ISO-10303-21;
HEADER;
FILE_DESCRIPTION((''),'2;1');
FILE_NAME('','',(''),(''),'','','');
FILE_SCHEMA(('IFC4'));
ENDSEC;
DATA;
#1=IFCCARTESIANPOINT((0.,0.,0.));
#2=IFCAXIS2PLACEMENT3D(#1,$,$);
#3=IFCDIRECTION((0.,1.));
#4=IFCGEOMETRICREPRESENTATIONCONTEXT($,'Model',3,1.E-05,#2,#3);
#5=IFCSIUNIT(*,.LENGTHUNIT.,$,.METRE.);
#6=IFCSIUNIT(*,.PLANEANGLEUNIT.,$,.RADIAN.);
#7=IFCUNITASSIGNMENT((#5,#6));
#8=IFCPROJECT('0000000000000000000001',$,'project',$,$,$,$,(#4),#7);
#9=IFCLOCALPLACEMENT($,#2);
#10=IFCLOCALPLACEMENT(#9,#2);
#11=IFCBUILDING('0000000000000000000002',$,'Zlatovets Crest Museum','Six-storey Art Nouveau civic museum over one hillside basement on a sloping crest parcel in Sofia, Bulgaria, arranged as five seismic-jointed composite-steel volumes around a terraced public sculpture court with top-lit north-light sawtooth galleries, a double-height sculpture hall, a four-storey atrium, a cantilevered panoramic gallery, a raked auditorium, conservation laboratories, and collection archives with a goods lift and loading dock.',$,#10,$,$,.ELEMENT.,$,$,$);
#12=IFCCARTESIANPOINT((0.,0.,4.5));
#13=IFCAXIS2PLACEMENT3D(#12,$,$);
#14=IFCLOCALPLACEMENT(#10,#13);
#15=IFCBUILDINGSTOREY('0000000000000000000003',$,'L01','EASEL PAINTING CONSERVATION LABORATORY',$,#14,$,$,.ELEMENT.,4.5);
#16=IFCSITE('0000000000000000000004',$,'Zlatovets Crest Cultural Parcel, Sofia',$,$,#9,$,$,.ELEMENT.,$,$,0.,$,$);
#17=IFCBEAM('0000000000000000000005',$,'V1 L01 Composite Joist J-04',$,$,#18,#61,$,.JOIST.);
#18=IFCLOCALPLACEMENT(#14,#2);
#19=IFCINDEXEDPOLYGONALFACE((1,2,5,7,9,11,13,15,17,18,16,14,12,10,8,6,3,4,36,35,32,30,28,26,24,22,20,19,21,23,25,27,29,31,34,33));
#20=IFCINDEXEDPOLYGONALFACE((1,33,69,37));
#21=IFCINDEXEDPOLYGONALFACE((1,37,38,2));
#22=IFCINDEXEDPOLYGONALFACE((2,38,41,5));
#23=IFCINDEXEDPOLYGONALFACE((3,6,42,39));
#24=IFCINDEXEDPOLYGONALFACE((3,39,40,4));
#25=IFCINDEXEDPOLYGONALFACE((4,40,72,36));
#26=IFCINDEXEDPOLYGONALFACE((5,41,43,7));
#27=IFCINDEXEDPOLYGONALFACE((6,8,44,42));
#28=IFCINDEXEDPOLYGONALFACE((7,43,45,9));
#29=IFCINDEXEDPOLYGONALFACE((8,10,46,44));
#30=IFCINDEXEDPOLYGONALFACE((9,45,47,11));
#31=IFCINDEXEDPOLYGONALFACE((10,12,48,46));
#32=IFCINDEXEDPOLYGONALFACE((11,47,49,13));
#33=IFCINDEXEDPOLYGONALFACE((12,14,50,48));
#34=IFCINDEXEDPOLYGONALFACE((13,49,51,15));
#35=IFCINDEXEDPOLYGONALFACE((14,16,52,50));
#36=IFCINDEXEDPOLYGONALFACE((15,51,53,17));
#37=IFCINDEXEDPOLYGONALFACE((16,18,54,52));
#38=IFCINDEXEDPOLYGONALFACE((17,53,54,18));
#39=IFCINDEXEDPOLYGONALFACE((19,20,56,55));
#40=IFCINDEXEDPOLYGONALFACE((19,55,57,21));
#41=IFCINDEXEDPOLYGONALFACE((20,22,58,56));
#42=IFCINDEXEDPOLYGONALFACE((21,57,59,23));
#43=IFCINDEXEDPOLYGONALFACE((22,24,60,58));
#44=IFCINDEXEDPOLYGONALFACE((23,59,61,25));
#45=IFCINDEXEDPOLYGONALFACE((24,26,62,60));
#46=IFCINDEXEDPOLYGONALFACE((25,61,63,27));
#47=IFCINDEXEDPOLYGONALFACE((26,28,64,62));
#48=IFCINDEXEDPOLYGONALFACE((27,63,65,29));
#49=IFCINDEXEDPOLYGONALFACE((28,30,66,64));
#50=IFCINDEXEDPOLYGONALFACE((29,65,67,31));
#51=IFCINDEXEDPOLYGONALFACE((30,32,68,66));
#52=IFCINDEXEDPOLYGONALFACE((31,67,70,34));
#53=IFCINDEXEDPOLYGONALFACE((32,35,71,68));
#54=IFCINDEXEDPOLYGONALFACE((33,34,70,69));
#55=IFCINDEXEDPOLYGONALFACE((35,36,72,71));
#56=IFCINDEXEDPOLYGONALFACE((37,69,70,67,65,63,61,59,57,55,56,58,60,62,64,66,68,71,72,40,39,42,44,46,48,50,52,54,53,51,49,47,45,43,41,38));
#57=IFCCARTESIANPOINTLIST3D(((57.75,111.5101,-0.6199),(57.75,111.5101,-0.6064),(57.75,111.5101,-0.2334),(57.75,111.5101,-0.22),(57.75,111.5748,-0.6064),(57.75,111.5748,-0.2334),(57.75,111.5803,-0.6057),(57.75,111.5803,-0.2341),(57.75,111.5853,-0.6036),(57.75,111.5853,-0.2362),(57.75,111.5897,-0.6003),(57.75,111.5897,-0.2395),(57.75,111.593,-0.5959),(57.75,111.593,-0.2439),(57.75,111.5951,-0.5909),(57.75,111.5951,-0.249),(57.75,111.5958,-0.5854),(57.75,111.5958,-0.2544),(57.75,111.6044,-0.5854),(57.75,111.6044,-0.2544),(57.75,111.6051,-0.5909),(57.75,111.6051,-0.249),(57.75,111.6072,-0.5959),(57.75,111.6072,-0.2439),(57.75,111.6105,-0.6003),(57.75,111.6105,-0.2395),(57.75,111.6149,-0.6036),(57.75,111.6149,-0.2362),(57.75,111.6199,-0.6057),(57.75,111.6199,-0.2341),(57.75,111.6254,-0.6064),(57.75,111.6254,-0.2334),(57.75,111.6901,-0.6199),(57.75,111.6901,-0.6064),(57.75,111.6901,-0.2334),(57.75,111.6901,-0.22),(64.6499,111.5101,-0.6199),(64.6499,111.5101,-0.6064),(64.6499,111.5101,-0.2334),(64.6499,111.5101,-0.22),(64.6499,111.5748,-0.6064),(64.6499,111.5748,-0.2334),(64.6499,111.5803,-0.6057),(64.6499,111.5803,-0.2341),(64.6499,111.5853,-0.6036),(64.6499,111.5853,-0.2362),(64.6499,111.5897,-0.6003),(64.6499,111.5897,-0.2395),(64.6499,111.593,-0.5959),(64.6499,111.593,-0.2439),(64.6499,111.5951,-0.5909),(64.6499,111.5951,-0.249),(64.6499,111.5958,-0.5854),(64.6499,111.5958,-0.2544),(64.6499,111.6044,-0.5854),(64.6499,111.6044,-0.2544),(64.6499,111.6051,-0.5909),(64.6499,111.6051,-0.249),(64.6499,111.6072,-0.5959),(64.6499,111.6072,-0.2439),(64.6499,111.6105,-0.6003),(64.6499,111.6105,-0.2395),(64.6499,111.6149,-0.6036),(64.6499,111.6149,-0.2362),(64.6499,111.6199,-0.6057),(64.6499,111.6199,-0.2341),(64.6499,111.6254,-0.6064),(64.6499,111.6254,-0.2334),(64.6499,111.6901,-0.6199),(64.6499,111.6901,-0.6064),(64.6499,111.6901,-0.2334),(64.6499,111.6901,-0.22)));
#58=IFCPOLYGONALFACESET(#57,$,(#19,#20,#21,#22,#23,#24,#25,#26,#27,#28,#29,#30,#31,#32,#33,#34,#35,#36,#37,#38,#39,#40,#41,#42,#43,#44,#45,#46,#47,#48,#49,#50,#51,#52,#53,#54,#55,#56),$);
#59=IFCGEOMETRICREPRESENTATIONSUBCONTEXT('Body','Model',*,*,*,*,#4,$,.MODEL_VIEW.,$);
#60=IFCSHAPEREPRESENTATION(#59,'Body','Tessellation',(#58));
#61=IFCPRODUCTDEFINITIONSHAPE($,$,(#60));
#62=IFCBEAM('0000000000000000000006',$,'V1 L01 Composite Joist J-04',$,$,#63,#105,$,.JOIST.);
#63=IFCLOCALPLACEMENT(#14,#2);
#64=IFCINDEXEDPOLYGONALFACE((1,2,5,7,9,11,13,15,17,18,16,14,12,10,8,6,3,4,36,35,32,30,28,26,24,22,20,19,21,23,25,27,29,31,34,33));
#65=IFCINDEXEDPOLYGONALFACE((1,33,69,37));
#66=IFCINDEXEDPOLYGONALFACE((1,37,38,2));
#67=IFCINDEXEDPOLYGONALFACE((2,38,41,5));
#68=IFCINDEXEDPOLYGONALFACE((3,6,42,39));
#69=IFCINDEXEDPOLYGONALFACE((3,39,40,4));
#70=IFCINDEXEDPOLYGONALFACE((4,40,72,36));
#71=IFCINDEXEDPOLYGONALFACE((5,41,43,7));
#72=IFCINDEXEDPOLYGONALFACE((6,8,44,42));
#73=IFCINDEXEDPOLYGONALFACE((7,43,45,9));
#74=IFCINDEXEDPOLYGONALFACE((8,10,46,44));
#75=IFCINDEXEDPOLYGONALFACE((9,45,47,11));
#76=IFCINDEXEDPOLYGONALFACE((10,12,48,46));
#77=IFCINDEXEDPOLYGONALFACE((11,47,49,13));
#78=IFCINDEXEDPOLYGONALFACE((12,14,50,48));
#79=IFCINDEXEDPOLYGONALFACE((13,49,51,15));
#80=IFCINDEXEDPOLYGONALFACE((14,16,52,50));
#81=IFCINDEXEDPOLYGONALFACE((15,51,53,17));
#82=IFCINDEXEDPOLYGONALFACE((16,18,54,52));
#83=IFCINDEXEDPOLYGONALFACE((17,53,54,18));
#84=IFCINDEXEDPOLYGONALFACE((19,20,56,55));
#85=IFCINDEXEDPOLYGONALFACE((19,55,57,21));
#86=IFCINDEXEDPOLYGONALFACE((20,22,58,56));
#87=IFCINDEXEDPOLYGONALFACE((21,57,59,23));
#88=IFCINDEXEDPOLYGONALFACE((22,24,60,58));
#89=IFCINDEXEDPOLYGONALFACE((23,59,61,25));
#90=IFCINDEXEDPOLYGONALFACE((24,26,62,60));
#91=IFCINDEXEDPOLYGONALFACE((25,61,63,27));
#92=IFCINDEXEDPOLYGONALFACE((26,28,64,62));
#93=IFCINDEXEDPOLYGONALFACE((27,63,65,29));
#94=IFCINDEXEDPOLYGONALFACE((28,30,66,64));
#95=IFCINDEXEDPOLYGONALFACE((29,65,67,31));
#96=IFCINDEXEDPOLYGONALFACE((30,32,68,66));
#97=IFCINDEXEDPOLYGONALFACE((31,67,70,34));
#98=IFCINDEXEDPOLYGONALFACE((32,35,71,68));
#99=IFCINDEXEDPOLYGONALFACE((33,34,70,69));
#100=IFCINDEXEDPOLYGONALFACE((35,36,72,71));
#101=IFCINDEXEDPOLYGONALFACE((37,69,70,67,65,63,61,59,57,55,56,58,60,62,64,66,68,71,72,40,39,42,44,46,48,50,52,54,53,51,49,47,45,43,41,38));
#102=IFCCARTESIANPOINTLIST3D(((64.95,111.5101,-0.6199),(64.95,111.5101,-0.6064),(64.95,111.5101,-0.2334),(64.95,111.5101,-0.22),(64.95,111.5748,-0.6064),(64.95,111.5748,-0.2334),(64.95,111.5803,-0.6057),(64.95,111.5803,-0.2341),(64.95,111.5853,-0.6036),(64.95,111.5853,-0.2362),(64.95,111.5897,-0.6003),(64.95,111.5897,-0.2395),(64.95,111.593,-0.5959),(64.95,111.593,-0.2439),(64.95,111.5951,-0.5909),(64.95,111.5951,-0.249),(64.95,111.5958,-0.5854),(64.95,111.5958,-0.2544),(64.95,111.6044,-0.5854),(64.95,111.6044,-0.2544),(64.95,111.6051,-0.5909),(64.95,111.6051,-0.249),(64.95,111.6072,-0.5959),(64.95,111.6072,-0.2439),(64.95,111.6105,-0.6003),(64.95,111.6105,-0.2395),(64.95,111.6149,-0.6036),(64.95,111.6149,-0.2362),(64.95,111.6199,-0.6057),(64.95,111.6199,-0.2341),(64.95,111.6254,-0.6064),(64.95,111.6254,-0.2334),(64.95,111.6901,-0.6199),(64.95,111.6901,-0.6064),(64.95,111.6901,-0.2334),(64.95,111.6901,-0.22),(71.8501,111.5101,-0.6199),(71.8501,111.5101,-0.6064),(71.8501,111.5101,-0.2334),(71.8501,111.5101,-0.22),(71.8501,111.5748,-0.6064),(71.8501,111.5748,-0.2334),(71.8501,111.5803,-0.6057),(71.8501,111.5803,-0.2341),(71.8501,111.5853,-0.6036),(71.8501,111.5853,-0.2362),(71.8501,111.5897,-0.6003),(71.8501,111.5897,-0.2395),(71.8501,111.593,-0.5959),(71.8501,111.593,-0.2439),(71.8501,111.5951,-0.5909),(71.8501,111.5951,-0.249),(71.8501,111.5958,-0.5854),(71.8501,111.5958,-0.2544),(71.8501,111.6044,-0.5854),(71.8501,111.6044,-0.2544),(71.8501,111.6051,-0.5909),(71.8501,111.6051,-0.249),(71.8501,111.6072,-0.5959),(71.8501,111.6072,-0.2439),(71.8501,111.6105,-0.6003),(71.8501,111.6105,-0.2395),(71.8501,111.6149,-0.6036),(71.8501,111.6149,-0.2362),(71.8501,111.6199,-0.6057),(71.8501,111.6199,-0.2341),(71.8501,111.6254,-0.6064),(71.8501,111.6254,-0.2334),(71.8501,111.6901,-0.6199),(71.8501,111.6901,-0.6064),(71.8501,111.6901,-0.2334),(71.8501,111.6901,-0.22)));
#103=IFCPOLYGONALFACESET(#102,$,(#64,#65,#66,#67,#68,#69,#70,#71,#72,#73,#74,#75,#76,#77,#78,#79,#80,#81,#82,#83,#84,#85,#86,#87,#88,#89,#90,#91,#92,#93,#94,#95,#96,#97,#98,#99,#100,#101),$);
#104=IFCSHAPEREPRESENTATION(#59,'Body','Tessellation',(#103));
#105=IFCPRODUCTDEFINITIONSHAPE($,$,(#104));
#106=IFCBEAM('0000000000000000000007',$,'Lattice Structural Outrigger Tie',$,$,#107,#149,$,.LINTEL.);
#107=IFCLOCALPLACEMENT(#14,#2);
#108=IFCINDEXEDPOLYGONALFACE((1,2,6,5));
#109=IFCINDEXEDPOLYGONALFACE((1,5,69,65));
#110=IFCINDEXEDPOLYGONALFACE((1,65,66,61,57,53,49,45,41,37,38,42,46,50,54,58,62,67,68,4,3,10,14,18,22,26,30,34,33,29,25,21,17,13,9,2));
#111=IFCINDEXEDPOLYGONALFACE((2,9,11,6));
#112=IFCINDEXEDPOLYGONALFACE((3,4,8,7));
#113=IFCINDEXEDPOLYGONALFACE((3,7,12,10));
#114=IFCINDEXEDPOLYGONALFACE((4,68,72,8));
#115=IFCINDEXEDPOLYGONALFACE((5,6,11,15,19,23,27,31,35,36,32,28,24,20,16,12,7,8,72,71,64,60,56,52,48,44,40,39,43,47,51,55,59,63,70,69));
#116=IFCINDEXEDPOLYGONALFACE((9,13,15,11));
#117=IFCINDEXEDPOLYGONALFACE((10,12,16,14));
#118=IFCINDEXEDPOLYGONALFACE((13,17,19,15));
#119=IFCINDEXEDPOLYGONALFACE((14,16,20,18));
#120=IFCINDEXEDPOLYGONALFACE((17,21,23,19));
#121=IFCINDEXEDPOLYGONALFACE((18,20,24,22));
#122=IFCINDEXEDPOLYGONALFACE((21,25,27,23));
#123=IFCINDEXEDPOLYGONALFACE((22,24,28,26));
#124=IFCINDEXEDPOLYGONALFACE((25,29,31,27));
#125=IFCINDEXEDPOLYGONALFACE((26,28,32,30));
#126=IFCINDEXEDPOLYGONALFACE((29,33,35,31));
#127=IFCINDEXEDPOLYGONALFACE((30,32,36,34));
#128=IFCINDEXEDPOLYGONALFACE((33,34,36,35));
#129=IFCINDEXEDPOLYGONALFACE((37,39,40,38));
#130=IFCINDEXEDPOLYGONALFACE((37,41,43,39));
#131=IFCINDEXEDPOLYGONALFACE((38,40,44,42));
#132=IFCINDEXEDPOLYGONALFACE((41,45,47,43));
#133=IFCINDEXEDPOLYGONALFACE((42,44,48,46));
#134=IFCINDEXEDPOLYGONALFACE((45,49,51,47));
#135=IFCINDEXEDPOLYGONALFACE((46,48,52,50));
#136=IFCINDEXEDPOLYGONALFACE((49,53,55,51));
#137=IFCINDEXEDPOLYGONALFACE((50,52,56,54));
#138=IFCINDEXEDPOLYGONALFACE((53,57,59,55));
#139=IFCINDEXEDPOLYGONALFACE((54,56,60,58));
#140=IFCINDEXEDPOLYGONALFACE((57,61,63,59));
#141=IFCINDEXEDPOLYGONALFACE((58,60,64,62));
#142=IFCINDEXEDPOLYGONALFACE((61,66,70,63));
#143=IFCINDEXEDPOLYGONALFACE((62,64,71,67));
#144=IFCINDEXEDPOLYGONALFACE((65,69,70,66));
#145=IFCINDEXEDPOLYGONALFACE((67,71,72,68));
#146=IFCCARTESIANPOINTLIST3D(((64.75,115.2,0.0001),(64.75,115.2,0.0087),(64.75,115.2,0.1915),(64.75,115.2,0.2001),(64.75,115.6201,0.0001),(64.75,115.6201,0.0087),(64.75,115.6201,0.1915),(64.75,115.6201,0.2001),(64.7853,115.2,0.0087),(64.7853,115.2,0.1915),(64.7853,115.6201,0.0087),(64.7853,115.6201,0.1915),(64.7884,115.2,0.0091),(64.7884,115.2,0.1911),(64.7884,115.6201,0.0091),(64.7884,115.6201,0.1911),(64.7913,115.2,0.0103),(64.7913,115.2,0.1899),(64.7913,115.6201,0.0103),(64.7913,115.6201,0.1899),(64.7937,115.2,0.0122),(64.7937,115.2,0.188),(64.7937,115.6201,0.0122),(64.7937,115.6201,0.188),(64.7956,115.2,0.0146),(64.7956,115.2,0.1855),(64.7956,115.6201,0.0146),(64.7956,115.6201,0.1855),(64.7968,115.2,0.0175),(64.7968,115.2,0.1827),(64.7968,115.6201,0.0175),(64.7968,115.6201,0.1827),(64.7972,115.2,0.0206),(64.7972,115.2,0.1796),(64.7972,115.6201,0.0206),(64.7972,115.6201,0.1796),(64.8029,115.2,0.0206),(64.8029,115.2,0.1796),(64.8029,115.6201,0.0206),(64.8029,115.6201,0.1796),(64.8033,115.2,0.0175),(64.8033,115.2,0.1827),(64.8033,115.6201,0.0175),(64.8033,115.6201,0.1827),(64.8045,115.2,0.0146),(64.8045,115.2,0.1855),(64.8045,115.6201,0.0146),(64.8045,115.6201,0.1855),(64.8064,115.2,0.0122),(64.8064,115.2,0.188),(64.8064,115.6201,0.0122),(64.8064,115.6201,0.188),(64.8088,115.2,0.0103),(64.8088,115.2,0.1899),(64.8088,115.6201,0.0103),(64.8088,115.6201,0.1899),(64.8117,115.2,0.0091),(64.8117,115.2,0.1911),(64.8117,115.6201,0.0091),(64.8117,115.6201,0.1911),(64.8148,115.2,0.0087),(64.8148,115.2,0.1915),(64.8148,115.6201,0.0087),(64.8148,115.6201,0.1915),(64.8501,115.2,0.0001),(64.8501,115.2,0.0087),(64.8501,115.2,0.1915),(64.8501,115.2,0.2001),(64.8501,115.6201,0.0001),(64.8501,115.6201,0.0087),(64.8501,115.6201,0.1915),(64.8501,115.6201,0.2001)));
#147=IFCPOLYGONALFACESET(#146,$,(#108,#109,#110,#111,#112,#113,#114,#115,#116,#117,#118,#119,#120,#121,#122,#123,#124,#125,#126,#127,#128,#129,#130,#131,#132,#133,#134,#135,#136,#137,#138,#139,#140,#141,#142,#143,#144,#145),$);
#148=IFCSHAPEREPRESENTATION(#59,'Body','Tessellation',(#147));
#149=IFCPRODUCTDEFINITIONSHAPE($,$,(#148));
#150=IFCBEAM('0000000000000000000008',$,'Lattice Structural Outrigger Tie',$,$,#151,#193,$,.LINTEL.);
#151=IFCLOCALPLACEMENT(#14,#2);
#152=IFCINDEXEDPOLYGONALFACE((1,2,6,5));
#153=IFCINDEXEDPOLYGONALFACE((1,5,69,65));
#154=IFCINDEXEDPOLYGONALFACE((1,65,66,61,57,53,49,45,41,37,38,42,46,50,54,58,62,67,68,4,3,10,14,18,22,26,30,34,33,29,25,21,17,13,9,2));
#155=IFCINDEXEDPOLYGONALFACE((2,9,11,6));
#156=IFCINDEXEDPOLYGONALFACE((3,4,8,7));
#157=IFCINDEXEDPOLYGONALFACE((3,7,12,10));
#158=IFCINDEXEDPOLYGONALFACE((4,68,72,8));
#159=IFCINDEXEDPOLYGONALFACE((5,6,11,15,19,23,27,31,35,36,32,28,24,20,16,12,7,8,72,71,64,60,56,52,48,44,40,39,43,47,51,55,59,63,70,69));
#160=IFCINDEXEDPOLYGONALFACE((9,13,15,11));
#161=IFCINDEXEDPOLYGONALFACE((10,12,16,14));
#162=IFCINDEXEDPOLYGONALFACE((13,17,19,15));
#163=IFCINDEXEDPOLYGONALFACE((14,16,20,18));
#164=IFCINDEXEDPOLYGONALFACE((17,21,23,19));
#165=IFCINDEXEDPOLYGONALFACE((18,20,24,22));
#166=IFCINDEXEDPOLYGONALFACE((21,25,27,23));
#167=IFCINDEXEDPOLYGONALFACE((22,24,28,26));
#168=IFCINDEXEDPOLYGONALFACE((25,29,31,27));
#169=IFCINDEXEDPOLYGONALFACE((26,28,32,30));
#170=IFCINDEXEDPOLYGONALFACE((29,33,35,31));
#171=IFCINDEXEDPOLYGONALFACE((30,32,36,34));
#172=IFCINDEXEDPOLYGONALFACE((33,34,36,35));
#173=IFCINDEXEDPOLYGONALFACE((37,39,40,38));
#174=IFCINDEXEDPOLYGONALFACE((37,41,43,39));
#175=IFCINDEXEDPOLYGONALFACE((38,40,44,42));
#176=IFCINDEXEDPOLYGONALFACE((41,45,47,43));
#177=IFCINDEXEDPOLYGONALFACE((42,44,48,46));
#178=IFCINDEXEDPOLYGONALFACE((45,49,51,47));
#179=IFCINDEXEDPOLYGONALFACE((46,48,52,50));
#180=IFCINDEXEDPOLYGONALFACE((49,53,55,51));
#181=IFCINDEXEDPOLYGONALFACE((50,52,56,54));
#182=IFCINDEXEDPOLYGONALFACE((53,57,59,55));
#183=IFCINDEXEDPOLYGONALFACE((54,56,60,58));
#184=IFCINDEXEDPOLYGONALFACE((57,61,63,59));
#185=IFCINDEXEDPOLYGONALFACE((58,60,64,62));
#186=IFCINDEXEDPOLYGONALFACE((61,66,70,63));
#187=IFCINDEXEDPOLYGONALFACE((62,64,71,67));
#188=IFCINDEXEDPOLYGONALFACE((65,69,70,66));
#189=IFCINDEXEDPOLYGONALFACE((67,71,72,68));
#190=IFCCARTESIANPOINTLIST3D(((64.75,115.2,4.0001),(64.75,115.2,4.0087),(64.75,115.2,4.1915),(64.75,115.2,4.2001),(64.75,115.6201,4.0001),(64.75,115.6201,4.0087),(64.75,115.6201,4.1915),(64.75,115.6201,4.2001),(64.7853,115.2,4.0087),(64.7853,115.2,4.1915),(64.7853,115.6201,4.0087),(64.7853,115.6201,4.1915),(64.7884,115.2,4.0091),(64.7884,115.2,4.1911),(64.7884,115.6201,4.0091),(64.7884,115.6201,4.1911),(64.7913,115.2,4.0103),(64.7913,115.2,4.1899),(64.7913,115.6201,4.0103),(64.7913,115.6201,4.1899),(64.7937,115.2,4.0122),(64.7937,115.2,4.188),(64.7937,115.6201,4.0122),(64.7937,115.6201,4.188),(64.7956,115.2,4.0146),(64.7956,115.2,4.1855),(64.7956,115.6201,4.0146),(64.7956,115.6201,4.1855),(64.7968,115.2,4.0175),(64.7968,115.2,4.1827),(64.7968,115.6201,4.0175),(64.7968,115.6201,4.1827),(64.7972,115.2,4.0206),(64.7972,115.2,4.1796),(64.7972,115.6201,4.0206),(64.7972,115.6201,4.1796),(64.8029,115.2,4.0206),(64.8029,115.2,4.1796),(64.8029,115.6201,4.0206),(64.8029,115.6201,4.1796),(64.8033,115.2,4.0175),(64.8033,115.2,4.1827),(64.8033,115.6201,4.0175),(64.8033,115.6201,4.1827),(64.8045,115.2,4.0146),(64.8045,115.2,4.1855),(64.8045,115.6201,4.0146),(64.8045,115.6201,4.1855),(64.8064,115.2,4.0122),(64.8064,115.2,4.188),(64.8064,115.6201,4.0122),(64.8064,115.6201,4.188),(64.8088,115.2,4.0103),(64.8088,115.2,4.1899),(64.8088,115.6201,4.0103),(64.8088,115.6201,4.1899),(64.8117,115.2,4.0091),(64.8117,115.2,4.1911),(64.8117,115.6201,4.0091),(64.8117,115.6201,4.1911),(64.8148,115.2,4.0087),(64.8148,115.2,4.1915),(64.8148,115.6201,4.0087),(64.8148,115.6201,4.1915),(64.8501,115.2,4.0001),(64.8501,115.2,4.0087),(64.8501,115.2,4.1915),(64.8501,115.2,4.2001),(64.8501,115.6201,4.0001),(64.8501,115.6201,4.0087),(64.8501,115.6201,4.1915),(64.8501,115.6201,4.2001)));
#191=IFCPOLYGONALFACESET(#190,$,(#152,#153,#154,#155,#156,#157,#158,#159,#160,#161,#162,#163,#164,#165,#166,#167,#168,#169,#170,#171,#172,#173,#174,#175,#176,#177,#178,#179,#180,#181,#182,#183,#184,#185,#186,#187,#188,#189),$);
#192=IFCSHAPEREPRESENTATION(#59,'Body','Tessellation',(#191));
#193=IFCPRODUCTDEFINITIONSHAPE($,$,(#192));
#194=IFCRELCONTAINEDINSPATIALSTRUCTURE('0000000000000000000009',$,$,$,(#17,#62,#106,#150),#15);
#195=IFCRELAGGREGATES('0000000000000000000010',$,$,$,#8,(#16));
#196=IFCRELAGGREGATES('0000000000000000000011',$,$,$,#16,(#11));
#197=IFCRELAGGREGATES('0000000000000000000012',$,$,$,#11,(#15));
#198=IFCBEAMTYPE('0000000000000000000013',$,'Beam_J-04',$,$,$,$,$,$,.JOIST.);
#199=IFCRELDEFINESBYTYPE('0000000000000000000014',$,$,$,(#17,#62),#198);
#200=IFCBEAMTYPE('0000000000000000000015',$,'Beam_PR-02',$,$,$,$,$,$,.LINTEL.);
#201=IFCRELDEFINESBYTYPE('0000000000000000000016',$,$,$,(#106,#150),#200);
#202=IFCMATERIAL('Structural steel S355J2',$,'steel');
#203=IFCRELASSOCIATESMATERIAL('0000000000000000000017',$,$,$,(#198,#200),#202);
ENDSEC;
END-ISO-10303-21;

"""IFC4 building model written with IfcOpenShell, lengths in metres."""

from ifc_helpers import new_model, si_unit, direction, frame, origin, origin_2d, place, context, subcontext, project, spatial, i_section, extrude, material, material_profile, profile_set, type_object, element, save


model = new_model("IFC4")

# Units and contexts
model_context = context("Model", 3, precision=1e-05, world=origin(), true_north=direction((0.0, 1.0)))
body_context = subcontext(model_context, "Body", "Model", "MODEL_VIEW")
ifc_project = project(units=[si_unit("LENGTHUNIT", "METRE"), si_unit("PLANEANGLEUNIT", "RADIAN")], contexts=[model_context])

# Site, building, storey
site_placement = place(None, origin())
site = spatial("IfcSite", under=ifc_project, at=site_placement, Name="Zlatovets Crest Cultural Parcel, Sofia", CompositionType="ELEMENT", RefElevation=0.0)
building_placement = place(site_placement, origin())
building = spatial("IfcBuilding", under=site, at=building_placement, Name="Zlatovets Crest Museum", Description="Six-storey Art Nouveau civic museum over one hillside basement on a sloping crest parcel in Sofia, Bulgaria, arranged as five seismic-jointed composite-steel volumes around a terraced public sculpture court with top-lit north-light sawtooth galleries, a double-height sculpture hall, a four-storey atrium, a cantilevered panoramic gallery, a raked auditorium, conservation laboratories, and collection archives with a goods lift and loading dock.", CompositionType="ELEMENT")
storey_placement = place(building_placement, frame((0.0, 0.0, 4.5)))
storey = spatial("IfcBuildingStorey", under=building, at=storey_placement, Name="L01", Description="EASEL PAINTING CONSERVATION LABORATORY", CompositionType="ELEMENT", Elevation=4.5)

# Shared definitions
ifc_material_1 = material(Name="Structural steel S355J2", Category="steel")

# Beams
ifc_material_profile_1 = material_profile(ifc_material_1, i_section(OverallWidth=0.1799, OverallDepth=0.3999, WebThickness=0.0085, FlangeThickness=0.0134, FilletRadius=0.021, at=origin_2d()), Name="IPE 400")
ifc_profile_set_1 = profile_set([ifc_material_profile_1], Name="Structural steel S355J2")
beam_type_1 = type_object("IfcBeamType", Name="Beam_J-04", PredefinedType="JOIST", material=ifc_profile_set_1)
beam_1_placement = place(storey_placement, frame((57.75, 111.6001, -0.4199), z_axis=(1.0, 0.0, 0.0), x_axis=(0.0, 1.0, 0.0)))
element("IfcBeam", 1, at=beam_1_placement, inside=storey, type_object=beam_type_1, Name="V1 L01 Composite Joist J-04", PredefinedType="JOIST", context=body_context, shape_type="SweptSolid", body=[
    extrude(i_section(OverallWidth=0.1799, OverallDepth=0.3999, WebThickness=0.0085, FlangeThickness=0.0134, FilletRadius=0.021, at=origin_2d()), origin(), (0.0, 0.0, 1.0), 6.8999),
])
beam_2_placement = place(storey_placement, frame((64.95, 111.6001, -0.4199), z_axis=(1.0, 0.0, 0.0), x_axis=(0.0, 1.0, 0.0)))
element("IfcBeam", 2, at=beam_2_placement, inside=storey, type_object=beam_type_1, Name="V1 L01 Composite Joist J-04", PredefinedType="JOIST", context=body_context, shape_type="SweptSolid", body=[
    extrude(i_section(OverallWidth=0.1799, OverallDepth=0.3999, WebThickness=0.0085, FlangeThickness=0.0134, FilletRadius=0.021, at=origin_2d()), origin(), (0.0, 0.0, 1.0), 6.9001),
])
ifc_material_profile_2 = material_profile(ifc_material_1, i_section(OverallWidth=0.1001, OverallDepth=0.2, WebThickness=0.0056, FlangeThickness=0.0085, FilletRadius=0.012, at=origin_2d()), Name="IPE 200")
ifc_profile_set_2 = profile_set([ifc_material_profile_2], Name="Structural steel S355J2")
beam_type_2 = type_object("IfcBeamType", Name="Beam_PR-02", PredefinedType="LINTEL", material=ifc_profile_set_2)
for number, where, z_axis, x_axis, name in (
    (3, (64.8, 115.2, 0.1001), (0.0, 1.0, 0.0), (-1.0, 0.0, 0.0), "Lattice Structural Outrigger Tie"),
    (4, (64.8, 115.2, 4.1001), (0.0, 1.0, 0.0), (-1.0, 0.0, 0.0), "Lattice Structural Outrigger Tie"),
):
    element("IfcBeam", number, at=place(storey_placement, frame(where, z_axis=z_axis, x_axis=x_axis)), inside=storey, type_object=beam_type_2, Name=name, PredefinedType="LINTEL", context=body_context, shape_type="SweptSolid", body=[
        extrude(i_section(OverallWidth=0.1001, OverallDepth=0.2, WebThickness=0.0056, FlangeThickness=0.0085, FilletRadius=0.012, at=origin_2d()), origin(), (0.0, 0.0, 1.0), 0.4202),
    ])

save(model, "model.ifc")
